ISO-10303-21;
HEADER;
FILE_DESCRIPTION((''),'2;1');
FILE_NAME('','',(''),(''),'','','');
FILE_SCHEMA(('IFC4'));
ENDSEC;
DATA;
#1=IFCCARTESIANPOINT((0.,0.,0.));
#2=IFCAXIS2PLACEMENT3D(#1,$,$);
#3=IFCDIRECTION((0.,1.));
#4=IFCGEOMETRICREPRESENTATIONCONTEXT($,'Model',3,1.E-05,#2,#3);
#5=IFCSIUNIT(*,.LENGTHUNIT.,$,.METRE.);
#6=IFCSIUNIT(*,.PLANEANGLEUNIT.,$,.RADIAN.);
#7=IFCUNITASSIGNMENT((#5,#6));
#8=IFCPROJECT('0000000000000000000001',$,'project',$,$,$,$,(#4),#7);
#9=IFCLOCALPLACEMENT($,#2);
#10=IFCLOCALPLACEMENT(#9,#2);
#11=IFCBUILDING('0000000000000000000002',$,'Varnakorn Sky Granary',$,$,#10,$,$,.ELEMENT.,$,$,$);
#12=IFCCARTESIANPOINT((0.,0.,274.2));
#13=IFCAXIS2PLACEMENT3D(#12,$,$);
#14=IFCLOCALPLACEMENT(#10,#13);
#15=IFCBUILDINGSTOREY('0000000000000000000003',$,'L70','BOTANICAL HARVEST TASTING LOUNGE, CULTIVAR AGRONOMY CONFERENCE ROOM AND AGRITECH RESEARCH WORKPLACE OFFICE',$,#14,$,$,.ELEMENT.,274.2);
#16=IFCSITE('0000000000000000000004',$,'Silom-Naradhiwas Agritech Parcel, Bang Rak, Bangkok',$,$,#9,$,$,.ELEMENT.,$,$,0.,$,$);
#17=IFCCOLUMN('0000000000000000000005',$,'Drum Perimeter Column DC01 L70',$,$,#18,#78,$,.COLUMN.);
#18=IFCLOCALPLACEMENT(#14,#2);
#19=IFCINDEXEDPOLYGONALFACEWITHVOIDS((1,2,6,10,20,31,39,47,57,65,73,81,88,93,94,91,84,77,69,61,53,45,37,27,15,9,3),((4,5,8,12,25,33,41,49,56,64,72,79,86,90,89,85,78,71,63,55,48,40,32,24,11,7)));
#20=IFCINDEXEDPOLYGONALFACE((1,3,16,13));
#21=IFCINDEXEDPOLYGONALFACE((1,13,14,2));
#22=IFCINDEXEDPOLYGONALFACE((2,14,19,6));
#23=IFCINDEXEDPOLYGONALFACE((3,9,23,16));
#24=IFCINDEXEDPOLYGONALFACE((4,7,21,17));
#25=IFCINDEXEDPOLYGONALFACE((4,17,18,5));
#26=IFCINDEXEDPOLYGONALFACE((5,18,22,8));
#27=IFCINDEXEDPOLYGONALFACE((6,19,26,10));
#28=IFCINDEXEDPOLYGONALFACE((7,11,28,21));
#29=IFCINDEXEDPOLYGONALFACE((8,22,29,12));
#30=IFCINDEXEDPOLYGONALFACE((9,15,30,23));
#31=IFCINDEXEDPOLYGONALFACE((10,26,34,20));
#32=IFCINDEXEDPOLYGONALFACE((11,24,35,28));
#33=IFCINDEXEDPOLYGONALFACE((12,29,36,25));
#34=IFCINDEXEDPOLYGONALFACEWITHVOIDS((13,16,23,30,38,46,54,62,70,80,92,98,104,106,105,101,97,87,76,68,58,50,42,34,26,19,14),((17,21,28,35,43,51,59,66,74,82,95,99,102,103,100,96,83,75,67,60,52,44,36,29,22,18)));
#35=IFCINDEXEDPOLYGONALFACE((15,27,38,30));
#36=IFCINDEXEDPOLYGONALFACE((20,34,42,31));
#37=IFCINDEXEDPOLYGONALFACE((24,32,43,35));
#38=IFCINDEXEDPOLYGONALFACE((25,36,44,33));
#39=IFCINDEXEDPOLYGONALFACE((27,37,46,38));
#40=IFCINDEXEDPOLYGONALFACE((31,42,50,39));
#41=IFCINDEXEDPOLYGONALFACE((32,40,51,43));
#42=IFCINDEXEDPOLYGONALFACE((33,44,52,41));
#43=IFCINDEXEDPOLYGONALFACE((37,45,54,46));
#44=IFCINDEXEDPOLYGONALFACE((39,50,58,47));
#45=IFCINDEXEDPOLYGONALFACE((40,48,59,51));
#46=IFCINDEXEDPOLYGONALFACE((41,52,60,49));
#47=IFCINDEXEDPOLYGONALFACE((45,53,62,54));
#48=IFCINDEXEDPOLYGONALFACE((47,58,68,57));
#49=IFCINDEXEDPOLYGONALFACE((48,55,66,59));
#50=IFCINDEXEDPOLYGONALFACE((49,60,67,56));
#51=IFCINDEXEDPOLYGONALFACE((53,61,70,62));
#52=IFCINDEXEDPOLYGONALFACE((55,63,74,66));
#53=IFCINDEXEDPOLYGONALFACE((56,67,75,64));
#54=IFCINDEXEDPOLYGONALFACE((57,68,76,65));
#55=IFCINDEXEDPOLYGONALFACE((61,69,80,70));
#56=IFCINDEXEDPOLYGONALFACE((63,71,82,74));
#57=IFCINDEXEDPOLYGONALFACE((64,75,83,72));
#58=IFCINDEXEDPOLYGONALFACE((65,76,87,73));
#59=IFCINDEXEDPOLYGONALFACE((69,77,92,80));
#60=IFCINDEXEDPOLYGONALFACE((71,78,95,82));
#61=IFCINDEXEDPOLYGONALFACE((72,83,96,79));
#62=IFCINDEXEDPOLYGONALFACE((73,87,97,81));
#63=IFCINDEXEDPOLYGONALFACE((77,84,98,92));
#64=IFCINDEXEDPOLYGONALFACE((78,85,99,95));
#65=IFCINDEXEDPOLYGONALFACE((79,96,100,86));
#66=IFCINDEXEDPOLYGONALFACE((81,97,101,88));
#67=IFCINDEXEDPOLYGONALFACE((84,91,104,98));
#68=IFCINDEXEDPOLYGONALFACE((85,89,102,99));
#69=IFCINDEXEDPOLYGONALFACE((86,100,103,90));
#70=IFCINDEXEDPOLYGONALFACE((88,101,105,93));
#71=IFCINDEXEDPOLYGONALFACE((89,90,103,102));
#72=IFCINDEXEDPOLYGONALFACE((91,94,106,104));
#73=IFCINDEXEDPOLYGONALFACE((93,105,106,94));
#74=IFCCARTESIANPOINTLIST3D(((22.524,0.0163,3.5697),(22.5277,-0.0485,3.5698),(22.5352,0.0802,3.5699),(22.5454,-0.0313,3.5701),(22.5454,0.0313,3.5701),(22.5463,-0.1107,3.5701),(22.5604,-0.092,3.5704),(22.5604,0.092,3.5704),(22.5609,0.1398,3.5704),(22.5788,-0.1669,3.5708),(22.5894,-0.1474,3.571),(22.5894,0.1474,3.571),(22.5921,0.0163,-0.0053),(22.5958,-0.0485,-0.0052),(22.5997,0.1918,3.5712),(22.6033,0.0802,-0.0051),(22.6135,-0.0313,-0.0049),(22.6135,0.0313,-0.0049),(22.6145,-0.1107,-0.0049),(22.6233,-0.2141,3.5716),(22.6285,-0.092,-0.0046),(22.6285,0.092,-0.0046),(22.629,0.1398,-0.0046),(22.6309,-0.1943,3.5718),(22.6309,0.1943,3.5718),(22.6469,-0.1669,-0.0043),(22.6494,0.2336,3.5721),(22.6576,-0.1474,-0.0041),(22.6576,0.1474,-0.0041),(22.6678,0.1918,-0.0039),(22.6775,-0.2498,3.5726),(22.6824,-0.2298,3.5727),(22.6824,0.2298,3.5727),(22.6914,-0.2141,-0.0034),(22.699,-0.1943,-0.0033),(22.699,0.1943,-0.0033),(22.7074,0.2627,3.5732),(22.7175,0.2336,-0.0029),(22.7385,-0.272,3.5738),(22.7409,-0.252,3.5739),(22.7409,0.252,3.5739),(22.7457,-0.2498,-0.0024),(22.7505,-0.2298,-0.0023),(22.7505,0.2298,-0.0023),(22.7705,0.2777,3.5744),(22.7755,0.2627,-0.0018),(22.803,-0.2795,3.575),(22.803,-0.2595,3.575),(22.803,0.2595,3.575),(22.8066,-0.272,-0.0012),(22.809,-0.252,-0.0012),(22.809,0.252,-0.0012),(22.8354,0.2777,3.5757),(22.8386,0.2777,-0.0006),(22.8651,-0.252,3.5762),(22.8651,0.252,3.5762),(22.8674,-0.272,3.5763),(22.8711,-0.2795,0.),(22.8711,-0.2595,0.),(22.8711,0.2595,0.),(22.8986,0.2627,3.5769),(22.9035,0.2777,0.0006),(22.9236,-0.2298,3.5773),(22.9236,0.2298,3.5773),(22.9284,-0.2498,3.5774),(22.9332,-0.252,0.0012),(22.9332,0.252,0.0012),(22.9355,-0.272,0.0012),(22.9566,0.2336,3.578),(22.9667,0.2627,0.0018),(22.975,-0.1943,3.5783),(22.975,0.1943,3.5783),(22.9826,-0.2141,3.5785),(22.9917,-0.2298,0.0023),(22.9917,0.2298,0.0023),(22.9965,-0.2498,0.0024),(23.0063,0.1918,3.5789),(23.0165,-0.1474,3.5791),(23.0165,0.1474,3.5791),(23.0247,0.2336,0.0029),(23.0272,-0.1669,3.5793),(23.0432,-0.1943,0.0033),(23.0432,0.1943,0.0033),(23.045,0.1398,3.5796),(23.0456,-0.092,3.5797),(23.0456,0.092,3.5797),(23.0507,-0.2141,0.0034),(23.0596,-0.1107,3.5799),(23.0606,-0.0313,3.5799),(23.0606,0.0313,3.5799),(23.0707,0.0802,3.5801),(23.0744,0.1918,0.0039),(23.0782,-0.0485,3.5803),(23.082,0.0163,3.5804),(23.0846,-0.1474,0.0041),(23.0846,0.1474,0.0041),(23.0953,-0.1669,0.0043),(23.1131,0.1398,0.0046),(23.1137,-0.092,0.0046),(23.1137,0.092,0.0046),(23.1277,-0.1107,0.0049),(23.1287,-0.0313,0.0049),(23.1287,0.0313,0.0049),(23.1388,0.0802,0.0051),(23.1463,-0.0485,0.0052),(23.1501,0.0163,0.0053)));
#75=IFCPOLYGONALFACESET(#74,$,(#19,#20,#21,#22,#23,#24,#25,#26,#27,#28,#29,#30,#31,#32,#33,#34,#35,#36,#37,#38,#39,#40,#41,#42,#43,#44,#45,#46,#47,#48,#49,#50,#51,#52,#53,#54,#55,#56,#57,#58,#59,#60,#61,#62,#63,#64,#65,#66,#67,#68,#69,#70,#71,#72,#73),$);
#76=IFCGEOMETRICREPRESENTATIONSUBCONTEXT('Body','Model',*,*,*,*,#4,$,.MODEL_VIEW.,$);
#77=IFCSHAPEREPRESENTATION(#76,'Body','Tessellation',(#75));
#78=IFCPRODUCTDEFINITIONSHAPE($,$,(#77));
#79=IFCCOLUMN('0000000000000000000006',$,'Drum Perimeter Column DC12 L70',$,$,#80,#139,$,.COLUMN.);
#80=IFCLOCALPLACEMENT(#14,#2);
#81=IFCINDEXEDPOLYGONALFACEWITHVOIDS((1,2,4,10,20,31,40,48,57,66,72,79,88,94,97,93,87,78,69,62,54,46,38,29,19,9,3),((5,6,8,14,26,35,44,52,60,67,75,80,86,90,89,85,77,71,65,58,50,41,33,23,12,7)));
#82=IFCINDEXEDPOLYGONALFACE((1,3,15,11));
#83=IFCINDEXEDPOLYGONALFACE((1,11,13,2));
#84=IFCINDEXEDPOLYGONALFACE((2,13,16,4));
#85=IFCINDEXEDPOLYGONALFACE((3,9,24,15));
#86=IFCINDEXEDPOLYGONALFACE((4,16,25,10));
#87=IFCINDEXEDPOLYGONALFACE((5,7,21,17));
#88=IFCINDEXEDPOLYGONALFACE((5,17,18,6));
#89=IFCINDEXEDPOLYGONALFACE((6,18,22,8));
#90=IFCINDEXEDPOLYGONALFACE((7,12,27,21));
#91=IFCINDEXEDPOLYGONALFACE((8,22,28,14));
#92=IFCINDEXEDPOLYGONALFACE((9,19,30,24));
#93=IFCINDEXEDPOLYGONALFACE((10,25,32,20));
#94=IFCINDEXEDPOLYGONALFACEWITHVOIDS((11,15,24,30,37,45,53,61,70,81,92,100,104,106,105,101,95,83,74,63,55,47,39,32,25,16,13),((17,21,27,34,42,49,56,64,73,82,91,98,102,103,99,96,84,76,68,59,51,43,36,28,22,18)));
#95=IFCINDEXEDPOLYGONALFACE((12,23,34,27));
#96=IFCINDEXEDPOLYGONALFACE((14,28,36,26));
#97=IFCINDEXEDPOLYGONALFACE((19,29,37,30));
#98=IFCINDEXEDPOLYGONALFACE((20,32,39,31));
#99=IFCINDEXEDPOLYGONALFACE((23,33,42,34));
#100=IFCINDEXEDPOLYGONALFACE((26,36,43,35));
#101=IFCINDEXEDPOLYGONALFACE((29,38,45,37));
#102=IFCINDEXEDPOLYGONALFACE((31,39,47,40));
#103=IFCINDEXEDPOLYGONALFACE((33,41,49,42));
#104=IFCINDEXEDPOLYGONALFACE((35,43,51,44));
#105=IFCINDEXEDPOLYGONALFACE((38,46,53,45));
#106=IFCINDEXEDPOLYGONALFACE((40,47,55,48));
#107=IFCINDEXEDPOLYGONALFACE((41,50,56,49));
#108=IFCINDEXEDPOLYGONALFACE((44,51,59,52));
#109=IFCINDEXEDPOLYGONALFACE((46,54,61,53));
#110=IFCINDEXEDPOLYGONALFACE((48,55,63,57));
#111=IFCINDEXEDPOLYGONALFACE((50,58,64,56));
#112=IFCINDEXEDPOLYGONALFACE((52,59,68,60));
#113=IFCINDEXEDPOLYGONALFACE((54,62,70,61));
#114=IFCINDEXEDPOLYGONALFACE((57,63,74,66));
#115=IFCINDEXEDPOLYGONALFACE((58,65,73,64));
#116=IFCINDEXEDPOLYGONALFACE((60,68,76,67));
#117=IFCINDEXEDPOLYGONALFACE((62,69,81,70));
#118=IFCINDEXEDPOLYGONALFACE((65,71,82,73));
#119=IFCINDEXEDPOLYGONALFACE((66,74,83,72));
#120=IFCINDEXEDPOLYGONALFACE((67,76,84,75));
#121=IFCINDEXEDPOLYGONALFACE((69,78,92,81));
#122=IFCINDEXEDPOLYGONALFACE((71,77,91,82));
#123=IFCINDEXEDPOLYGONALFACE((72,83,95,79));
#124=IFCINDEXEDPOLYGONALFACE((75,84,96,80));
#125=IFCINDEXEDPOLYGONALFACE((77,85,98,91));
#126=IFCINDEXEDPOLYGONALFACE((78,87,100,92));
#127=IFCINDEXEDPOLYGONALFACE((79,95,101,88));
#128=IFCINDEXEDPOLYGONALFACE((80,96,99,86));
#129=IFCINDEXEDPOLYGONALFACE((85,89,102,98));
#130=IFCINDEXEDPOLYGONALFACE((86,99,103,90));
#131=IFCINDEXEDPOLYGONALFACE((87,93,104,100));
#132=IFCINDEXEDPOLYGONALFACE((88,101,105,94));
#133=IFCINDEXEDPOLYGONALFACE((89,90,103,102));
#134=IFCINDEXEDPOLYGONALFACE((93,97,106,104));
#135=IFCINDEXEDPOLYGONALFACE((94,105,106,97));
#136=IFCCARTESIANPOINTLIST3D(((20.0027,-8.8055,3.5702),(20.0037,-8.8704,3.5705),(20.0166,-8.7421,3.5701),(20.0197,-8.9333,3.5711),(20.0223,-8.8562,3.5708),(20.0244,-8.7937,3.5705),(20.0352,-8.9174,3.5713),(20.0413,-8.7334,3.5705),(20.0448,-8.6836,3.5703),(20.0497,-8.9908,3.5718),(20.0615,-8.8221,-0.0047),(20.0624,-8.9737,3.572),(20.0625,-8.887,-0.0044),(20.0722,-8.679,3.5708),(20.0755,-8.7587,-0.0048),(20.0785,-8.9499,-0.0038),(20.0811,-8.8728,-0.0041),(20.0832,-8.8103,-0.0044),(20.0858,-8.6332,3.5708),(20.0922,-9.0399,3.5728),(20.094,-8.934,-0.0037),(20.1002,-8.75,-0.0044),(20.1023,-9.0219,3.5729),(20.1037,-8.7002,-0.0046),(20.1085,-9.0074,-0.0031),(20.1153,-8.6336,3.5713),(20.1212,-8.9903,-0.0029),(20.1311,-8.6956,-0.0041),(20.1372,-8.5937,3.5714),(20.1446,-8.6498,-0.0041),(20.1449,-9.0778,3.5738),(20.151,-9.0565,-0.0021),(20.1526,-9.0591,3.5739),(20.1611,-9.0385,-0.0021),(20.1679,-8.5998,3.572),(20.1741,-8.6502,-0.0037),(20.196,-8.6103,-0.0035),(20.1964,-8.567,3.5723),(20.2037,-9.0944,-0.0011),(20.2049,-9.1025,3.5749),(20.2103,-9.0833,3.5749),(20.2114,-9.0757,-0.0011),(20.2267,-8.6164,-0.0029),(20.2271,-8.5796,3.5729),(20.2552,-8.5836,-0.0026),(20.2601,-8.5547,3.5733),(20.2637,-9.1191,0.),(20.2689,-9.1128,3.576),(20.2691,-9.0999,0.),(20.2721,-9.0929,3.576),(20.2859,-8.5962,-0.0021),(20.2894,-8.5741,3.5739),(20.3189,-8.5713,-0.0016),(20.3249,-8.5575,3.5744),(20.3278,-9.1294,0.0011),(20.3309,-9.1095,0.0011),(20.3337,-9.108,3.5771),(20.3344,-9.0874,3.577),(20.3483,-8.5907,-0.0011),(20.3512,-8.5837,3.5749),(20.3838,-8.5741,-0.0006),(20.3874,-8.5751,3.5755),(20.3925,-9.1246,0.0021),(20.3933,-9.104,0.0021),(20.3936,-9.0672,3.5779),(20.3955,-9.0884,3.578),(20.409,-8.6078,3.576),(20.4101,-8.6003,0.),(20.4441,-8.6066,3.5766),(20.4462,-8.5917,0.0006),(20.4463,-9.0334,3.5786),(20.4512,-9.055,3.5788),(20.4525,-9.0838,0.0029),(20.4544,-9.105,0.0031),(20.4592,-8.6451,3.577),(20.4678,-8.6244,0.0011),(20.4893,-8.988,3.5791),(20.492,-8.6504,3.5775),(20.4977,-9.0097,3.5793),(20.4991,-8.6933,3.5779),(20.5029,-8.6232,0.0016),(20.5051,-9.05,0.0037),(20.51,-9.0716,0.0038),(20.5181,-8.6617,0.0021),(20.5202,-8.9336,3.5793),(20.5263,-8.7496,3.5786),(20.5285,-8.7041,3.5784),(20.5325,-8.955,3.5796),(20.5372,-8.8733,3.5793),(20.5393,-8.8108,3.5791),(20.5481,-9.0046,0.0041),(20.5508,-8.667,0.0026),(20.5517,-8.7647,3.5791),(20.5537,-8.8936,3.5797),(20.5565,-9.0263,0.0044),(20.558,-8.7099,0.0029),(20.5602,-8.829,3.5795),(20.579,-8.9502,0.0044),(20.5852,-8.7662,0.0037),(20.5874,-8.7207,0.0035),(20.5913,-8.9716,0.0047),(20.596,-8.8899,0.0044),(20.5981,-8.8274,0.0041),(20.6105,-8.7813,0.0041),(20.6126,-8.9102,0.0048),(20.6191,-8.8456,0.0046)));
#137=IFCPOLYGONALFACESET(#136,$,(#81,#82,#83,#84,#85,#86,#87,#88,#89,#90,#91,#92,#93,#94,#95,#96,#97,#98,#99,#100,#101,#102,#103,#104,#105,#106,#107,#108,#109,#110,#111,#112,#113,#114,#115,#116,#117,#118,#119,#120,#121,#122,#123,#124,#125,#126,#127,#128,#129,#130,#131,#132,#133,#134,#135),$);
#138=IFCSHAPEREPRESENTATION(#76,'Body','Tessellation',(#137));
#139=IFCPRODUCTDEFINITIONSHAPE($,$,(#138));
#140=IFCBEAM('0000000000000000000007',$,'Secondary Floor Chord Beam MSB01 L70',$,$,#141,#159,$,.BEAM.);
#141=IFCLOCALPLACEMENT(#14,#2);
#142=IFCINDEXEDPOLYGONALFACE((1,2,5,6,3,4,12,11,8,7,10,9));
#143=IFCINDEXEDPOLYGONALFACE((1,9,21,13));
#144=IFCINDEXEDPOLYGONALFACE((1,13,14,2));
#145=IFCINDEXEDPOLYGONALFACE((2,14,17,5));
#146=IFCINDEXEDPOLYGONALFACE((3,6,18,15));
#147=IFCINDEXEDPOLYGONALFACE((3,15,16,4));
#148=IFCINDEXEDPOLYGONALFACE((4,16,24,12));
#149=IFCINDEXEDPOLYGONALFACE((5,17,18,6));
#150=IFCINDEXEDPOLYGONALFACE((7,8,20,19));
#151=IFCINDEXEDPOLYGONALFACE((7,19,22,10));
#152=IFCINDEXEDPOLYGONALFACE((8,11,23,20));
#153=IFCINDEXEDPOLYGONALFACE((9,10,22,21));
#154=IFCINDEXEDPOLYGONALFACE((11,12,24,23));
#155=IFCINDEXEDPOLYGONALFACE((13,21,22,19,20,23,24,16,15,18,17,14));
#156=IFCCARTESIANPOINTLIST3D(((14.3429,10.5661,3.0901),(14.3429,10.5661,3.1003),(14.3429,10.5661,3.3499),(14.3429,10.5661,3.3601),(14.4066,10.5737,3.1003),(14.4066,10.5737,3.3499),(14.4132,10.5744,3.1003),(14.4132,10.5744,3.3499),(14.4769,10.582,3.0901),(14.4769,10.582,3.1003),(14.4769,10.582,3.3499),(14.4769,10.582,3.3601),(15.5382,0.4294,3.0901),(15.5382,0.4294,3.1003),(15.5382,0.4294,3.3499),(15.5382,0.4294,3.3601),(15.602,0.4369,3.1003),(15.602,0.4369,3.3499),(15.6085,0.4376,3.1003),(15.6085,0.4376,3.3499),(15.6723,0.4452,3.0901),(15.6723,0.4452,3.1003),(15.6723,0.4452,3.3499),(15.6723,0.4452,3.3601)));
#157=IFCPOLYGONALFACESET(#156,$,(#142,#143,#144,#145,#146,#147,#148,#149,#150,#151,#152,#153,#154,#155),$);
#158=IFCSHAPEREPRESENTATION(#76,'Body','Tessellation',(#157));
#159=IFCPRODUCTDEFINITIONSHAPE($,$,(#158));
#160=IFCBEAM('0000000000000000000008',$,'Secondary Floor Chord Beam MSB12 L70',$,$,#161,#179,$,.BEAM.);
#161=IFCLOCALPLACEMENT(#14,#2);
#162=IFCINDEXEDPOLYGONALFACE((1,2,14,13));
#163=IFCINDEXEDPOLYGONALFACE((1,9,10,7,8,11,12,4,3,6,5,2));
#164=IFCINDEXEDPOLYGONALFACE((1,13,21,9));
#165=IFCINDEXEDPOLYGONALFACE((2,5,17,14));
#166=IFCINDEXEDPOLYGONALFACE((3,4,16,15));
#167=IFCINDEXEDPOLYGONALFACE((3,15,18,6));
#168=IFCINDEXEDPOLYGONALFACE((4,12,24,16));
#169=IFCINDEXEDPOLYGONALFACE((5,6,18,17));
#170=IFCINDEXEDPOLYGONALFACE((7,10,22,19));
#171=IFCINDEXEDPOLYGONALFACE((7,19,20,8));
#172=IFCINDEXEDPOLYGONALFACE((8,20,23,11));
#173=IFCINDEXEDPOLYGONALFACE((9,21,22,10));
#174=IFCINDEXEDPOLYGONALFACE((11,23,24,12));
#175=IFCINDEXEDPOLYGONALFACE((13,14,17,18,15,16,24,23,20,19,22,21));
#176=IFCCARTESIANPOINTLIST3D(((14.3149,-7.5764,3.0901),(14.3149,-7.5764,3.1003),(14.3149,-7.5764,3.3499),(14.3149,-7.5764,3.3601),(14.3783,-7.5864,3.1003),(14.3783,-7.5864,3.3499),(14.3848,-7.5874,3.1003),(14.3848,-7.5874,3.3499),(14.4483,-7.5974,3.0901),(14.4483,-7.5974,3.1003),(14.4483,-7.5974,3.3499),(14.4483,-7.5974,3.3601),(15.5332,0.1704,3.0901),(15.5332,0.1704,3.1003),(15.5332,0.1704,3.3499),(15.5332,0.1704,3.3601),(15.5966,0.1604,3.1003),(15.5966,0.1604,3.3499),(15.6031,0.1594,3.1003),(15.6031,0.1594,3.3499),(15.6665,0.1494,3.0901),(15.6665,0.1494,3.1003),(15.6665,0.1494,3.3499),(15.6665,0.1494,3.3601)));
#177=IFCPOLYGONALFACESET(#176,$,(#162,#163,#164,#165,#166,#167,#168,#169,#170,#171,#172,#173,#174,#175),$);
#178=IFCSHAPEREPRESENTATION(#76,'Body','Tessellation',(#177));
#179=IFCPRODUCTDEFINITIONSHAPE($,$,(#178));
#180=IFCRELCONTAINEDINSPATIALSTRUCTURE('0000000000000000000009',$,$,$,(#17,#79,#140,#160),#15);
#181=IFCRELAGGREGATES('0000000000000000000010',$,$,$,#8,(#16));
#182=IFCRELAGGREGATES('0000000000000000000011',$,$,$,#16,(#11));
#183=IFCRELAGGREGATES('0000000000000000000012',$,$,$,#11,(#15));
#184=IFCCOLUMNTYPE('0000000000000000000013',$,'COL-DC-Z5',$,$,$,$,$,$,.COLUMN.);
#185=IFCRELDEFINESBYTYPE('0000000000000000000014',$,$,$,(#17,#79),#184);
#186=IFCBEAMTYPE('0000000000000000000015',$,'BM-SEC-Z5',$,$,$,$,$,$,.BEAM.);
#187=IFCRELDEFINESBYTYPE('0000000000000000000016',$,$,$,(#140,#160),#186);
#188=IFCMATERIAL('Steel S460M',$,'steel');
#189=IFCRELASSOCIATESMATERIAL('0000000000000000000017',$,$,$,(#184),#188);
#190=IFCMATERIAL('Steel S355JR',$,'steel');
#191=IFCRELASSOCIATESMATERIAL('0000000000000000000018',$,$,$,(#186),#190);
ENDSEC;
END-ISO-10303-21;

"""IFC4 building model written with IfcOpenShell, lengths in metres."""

from ifc_helpers import new_model, si_unit, direction, frame, origin, origin_2d, place, context, subcontext, project, spatial, hollow_circle, i_section, extrude, material, material_profile, profile_set, type_object, element, save


model = new_model("IFC4")

# Units and contexts
model_context = context("Model", 3, precision=1e-05, world=origin(), true_north=direction((0.0, 1.0)))
body_context = subcontext(model_context, "Body", "Model", "MODEL_VIEW")
ifc_project = project(units=[si_unit("LENGTHUNIT", "METRE"), si_unit("PLANEANGLEUNIT", "RADIAN")], contexts=[model_context])

# Site, building, storey
site_placement = place(None, origin())
site = spatial("IfcSite", under=ifc_project, at=site_placement, Name="Silom-Naradhiwas Agritech Parcel, Bang Rak, Bangkok", CompositionType="ELEMENT", RefElevation=0.0)
building_placement = place(site_placement, origin())
building = spatial("IfcBuilding", under=site, at=building_placement, Name="Varnakorn Sky Granary", CompositionType="ELEMENT")
storey_placement = place(building_placement, frame((0.0, 0.0, 274.2)))
storey = spatial("IfcBuildingStorey", under=building, at=storey_placement, Name="L70", Description="BOTANICAL HARVEST TASTING LOUNGE, CULTIVAR AGRONOMY CONFERENCE ROOM AND AGRITECH RESEARCH WORKPLACE OFFICE", CompositionType="ELEMENT", Elevation=274.2)

# Columns
ifc_material_1 = material(Name="Steel S460M", Category="steel")
ifc_material_profile_1 = material_profile(ifc_material_1, hollow_circle(Radius=0.2795, WallThickness=0.02, at=origin_2d()), Name="CHS 559x20")
ifc_profile_set_1 = profile_set([ifc_material_profile_1], Name="Steel S460M")
column_type = type_object("IfcColumnType", Name="COL-DC-Z5", PredefinedType="COLUMN", material=ifc_profile_set_1)
column_1_placement = place(storey_placement, frame((22.8711, 0.0, 0.0), z_axis=(-0.01905, 0.0, 0.999819), x_axis=(0.0, -1.0, 0.0)))
element("IfcColumn", 1, at=column_1_placement, inside=storey, type_object=column_type, Name="Drum Perimeter Column DC01 L70", PredefinedType="COLUMN", context=body_context, shape_type="SweptSolid", body=[
    extrude(hollow_circle(Radius=0.2795, WallThickness=0.02, at=origin_2d()), origin(), (0.0, 0.0, 1.0), 3.5757),
])
column_2_placement = place(storey_placement, frame((20.3396, -8.8501, 0.0), z_axis=(-0.016456, 0.004643, 0.999854), x_axis=(-0.271555, -0.962423, 0.0)))
element("IfcColumn", 2, at=column_2_placement, inside=storey, type_object=column_type, Name="Drum Perimeter Column DC12 L70", PredefinedType="COLUMN", context=body_context, shape_type="SweptSolid", body=[
    extrude(hollow_circle(Radius=0.2795, WallThickness=0.02, at=origin_2d()), origin(), (0.0, 0.0, 1.0), 3.5754),
])

# Beams
ifc_material_2 = material(Name="Steel S355JR", Category="steel")
ifc_material_profile_2 = material_profile(ifc_material_2, i_section(OverallWidth=0.135, OverallDepth=0.27, WebThickness=0.0066, FlangeThickness=0.0103, at=origin_2d()), Name="IPE 270")
ifc_profile_set_2 = profile_set([ifc_material_profile_2], Name="Steel S355JR")
beam_type_1 = type_object("IfcBeamType", Name="BM-SEC-Z5", PredefinedType="BEAM", material=ifc_profile_set_2)
beam_1_placement = place(storey_placement, frame((15.6052, 0.4373, 3.2251), z_axis=(-0.117108, 0.993119, 0.0), x_axis=(-0.993119, -0.117108, 0.0)))
element("IfcBeam", 3, at=beam_1_placement, inside=storey, type_object=beam_type_1, Name="Secondary Floor Chord Beam MSB01 L70", PredefinedType="BEAM", context=body_context, shape_type="SweptSolid", body=[
    extrude(i_section(OverallWidth=0.135, OverallDepth=0.27, WebThickness=0.0066, FlangeThickness=0.0103, at=origin_2d()), origin(), (0.0, 0.0, 1.0), 10.207),
])
beam_2_placement = place(storey_placement, frame((14.3816, -7.5869, 3.2251), z_axis=(0.15535, 0.987859, 0.0), x_axis=(-0.987859, 0.15535, 0.0)))
element("IfcBeam", 4, at=beam_2_placement, inside=storey, type_object=beam_type_1, Name="Secondary Floor Chord Beam MSB12 L70", PredefinedType="BEAM", context=body_context, shape_type="SweptSolid", body=[
    extrude(i_section(OverallWidth=0.135, OverallDepth=0.27, WebThickness=0.0066, FlangeThickness=0.0103, at=origin_2d()), origin(), (0.0, 0.0, 1.0), 7.842),
])

save(model, "model.ifc")
